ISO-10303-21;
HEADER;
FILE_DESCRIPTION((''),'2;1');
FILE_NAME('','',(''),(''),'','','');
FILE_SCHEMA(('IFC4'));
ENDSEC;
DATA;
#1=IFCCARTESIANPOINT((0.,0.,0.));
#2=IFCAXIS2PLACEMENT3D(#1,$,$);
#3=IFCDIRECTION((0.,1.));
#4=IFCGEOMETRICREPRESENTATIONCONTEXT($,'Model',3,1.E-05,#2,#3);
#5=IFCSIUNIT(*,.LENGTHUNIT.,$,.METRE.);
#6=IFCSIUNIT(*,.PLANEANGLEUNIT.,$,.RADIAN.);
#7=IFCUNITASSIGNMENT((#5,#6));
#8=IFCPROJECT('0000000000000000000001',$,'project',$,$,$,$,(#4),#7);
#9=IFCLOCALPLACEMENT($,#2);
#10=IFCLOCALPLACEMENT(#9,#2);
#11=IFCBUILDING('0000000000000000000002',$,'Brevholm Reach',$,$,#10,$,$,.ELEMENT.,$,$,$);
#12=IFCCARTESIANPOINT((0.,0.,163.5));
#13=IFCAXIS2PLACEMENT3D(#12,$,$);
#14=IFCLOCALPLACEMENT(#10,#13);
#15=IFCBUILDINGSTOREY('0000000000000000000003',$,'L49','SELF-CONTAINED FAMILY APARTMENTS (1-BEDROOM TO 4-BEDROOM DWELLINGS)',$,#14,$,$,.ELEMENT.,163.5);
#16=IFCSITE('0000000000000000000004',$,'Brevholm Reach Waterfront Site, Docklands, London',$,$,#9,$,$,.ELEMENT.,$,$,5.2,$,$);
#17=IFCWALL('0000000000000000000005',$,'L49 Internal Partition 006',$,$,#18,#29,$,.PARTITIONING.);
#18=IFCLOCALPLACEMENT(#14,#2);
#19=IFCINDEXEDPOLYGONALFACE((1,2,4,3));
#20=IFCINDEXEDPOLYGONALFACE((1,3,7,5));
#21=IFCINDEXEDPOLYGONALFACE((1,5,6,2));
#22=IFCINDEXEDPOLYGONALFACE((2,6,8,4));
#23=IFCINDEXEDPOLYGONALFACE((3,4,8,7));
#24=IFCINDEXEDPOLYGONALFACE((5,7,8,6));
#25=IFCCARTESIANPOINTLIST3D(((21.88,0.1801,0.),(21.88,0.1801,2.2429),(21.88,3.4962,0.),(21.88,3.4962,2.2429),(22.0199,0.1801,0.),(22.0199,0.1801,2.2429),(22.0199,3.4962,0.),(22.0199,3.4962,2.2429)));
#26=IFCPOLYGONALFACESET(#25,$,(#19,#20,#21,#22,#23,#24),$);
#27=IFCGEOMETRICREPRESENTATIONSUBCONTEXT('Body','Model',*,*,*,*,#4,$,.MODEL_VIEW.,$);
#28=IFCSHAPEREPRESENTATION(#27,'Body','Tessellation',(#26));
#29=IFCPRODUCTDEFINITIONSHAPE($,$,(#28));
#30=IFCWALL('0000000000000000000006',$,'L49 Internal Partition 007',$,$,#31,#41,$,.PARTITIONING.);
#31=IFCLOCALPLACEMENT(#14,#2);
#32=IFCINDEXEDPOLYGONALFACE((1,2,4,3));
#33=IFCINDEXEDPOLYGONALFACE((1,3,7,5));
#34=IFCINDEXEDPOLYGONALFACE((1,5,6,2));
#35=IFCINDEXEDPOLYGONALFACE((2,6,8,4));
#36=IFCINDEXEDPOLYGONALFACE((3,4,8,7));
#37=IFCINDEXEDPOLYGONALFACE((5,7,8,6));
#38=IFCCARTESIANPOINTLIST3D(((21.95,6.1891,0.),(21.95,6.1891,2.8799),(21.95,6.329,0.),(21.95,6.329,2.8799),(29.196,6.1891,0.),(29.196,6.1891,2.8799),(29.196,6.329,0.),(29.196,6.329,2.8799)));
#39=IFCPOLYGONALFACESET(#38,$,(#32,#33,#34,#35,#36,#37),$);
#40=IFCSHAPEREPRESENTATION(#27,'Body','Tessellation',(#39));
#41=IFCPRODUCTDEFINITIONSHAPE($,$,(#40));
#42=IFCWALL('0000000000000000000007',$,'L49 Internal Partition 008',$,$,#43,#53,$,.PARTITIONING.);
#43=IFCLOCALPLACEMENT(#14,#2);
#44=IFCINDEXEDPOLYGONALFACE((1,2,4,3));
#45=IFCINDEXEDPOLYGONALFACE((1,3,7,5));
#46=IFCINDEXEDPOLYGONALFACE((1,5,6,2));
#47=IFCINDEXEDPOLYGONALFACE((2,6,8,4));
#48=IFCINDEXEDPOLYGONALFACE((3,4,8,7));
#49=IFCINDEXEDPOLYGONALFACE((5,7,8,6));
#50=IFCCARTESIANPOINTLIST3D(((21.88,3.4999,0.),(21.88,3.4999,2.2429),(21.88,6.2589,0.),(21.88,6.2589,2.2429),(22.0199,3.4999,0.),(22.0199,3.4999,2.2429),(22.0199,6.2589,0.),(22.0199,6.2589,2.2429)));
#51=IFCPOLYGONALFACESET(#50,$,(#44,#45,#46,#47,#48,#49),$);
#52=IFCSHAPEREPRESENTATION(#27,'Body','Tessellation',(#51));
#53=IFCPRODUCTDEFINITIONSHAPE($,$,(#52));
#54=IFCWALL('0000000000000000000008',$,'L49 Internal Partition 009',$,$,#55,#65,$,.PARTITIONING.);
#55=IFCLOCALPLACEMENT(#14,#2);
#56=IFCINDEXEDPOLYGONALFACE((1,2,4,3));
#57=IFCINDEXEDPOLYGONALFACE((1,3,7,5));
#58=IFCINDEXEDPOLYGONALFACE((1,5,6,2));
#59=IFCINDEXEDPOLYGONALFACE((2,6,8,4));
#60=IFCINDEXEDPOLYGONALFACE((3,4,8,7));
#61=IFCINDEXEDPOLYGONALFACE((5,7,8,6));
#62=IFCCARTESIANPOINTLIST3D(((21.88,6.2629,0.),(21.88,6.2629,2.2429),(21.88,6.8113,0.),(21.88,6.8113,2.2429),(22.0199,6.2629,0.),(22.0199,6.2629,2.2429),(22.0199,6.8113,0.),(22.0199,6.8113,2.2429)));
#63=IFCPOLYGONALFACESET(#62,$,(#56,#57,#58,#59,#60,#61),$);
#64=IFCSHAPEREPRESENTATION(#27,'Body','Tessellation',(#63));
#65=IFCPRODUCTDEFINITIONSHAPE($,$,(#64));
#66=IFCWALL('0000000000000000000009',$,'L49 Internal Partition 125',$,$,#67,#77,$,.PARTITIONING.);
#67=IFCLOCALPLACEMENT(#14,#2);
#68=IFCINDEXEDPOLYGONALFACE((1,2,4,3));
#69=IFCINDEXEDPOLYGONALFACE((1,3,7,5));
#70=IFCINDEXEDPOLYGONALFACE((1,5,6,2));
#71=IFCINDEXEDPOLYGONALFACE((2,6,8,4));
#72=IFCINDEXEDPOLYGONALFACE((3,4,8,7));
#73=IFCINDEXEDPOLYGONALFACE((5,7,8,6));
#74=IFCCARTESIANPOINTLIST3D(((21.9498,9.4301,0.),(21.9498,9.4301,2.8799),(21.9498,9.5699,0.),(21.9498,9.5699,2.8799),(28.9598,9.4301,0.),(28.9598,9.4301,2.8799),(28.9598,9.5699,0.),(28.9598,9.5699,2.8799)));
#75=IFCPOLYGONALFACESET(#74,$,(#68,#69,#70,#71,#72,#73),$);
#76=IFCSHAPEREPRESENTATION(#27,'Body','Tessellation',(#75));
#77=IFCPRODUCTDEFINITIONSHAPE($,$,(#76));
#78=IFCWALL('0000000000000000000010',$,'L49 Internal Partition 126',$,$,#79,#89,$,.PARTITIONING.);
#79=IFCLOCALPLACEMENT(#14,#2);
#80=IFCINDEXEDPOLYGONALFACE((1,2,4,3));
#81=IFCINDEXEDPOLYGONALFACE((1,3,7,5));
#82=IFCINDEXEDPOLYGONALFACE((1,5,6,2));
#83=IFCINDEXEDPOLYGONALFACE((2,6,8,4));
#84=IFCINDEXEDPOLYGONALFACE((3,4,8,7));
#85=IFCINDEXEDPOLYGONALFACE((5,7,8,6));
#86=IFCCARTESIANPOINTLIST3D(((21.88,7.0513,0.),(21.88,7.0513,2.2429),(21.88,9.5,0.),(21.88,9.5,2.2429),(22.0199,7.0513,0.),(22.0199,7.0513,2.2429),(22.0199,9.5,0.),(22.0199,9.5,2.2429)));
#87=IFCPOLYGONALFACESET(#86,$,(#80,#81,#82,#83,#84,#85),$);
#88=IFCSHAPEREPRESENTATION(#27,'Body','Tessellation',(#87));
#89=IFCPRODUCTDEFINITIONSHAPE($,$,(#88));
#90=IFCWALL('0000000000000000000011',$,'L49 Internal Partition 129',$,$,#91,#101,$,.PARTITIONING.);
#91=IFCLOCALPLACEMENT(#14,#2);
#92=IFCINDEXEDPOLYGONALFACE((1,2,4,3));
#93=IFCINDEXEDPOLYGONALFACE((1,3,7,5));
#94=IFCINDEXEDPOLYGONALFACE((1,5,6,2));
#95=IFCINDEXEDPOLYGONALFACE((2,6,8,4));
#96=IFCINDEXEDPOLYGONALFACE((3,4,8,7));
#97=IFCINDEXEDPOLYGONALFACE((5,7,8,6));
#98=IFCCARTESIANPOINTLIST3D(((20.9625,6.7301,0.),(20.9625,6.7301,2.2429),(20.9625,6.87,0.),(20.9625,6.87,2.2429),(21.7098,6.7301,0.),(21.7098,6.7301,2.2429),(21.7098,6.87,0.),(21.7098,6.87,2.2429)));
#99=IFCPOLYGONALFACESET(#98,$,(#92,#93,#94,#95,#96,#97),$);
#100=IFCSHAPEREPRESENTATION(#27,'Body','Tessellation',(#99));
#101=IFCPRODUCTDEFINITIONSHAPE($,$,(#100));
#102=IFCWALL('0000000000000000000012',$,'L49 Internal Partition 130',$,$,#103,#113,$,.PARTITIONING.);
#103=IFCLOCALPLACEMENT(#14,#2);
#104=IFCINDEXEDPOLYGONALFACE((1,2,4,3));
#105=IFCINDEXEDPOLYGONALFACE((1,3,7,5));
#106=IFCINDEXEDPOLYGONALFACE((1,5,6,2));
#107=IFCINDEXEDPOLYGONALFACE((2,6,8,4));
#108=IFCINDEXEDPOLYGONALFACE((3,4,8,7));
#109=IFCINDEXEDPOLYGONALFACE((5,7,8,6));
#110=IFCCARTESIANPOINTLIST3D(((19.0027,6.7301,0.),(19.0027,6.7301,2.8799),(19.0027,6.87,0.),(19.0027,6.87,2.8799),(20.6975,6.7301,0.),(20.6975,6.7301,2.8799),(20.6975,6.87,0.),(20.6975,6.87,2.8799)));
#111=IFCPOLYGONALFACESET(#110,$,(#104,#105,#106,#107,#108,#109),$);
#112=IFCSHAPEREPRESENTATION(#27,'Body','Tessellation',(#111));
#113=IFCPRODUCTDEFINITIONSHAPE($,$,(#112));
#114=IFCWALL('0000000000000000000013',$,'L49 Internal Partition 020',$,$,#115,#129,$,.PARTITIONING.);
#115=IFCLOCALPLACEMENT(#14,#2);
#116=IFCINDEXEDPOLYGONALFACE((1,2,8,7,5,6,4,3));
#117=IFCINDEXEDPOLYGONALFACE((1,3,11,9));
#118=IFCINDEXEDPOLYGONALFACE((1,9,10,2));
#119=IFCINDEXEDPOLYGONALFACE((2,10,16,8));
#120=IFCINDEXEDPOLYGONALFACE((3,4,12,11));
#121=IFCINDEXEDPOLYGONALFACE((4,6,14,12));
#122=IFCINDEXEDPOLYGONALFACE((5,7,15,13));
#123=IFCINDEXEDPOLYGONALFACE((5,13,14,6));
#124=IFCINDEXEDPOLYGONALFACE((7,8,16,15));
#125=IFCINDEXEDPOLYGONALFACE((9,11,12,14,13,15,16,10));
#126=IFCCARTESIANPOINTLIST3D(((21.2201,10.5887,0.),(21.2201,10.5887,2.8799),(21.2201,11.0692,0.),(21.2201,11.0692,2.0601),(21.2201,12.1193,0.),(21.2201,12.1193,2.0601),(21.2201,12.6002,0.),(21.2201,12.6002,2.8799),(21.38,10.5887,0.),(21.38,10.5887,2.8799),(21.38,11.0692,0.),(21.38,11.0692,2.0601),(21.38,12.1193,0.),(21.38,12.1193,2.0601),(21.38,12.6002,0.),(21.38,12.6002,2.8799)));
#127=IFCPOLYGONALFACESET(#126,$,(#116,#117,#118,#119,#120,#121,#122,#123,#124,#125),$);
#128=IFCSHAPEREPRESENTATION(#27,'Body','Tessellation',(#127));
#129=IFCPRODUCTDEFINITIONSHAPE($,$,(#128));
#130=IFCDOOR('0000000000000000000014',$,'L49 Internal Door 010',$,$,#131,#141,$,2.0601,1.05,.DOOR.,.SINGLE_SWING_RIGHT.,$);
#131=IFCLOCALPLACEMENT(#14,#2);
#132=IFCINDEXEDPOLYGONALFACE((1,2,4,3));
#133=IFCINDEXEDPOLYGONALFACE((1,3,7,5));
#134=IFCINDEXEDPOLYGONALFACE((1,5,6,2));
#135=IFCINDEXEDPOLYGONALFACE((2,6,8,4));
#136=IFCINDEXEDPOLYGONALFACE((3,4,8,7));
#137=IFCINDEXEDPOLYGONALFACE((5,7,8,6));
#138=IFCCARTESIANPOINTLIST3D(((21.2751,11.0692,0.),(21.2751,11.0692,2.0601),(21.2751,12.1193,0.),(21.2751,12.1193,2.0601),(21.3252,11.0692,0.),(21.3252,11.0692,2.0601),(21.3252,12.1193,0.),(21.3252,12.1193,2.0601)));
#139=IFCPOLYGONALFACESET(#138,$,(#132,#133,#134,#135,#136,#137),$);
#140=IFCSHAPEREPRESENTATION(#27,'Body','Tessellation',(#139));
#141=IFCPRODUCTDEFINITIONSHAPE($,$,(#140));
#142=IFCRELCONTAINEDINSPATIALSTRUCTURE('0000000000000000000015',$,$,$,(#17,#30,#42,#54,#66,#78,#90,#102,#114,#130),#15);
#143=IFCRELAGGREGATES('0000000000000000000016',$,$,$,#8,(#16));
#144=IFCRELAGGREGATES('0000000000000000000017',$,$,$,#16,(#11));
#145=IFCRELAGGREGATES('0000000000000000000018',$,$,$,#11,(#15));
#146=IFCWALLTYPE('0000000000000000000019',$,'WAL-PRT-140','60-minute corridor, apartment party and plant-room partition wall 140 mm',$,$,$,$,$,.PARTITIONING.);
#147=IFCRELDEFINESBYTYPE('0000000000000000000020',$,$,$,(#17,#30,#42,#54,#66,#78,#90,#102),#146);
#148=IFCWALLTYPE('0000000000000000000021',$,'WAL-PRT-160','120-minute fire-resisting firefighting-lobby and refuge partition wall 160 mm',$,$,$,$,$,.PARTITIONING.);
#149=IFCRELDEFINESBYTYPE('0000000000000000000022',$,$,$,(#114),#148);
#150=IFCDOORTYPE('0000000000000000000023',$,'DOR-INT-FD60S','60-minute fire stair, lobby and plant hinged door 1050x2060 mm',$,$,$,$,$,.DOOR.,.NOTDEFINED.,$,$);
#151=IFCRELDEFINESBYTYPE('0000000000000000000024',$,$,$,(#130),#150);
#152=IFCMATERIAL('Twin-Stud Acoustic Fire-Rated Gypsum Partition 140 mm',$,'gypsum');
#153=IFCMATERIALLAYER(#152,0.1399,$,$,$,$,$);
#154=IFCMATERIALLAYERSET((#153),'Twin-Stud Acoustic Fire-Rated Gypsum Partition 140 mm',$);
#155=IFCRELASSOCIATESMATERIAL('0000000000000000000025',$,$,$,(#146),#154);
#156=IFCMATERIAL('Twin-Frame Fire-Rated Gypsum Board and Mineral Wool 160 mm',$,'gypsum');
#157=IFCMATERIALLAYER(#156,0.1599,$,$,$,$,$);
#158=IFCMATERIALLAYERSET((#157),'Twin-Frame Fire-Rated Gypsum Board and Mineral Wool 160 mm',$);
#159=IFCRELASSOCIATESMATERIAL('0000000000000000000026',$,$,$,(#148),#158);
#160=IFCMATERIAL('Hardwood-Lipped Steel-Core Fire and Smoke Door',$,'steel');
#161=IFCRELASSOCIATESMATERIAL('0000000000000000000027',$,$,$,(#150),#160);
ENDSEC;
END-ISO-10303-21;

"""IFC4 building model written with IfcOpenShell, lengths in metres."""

from ifc_helpers import new_model, si_unit, direction, frame, frame_2d, origin, place, context, subcontext, project, spatial, rectangle, extrude, material, layer, layer_set, type_object, element, fill, save


model = new_model("IFC4")

# Units and contexts
model_context = context("Model", 3, precision=1e-05, world=origin(), true_north=direction((0.0, 1.0)))
body_context = subcontext(model_context, "Body", "Model", "MODEL_VIEW")
ifc_project = project(units=[si_unit("LENGTHUNIT", "METRE"), si_unit("PLANEANGLEUNIT", "RADIAN")], contexts=[model_context])

# Site, building, storey
site_placement = place(None, origin())
site = spatial("IfcSite", under=ifc_project, at=site_placement, Name="Brevholm Reach Waterfront Site, Docklands, London", CompositionType="ELEMENT", RefElevation=5.2)
building_placement = place(site_placement, origin())
building = spatial("IfcBuilding", under=site, at=building_placement, Name="Brevholm Reach", CompositionType="ELEMENT")
storey_placement = place(building_placement, frame((0.0, 0.0, 163.5)))
storey = spatial("IfcBuildingStorey", under=building, at=storey_placement, Name="L49", Description="SELF-CONTAINED FAMILY APARTMENTS (1-BEDROOM TO 4-BEDROOM DWELLINGS)", CompositionType="ELEMENT", Elevation=163.5)

# Walls
ifc_material_1 = material(Name="Twin-Stud Acoustic Fire-Rated Gypsum Partition 140 mm", Category="gypsum")
ifc_layer_1 = layer(ifc_material_1, 0.1399)
ifc_layer_set_1 = layer_set([ifc_layer_1], Name="Twin-Stud Acoustic Fire-Rated Gypsum Partition 140 mm")
wall_type_1 = type_object("IfcWallType", Name="WAL-PRT-140", Description="60-minute corridor, apartment party and plant-room partition wall 140 mm", PredefinedType="PARTITIONING", material=ifc_layer_set_1)
wall_1_placement = place(storey_placement, frame((21.95, 0.1799, 0.0), z_axis=(0.0, 0.0, 1.0), x_axis=(0.0, 1.0, 0.0)))
element("IfcWall", 1, at=wall_1_placement, inside=storey, type_object=wall_type_1, Name="L49 Internal Partition 006", PredefinedType="PARTITIONING", context=body_context, shape_type="SweptSolid", body=[
    extrude(rectangle(XDim=3.3162, YDim=0.1399, at=frame_2d((1.6582, 0.0))), origin(), (0.0, 0.0, 1.0), 2.2429),
])
wall_2_placement = place(storey_placement, frame((21.95, 6.259, 0.0), z_axis=(0.0, 0.0, 1.0), x_axis=(1.0, 0.0, 0.0)))
element("IfcWall", 2, at=wall_2_placement, inside=storey, type_object=wall_type_1, Name="L49 Internal Partition 007", PredefinedType="PARTITIONING", context=body_context, shape_type="SweptSolid", body=[
    extrude(rectangle(XDim=7.2461, YDim=0.1399, at=frame_2d((3.623, 0.0))), origin(), (0.0, 0.0, 1.0), 2.8799),
])
wall_3_placement = place(storey_placement, frame((21.95, 3.5, 0.0), z_axis=(0.0, 0.0, 1.0), x_axis=(0.0, 1.0, 0.0)))
element("IfcWall", 3, at=wall_3_placement, inside=storey, type_object=wall_type_1, Name="L49 Internal Partition 008", PredefinedType="PARTITIONING", context=body_context, shape_type="SweptSolid", body=[
    extrude(rectangle(XDim=2.759, YDim=0.1399, at=frame_2d((1.3794, 0.0))), origin(), (0.0, 0.0, 1.0), 2.2429),
])
wall_4_placement = place(storey_placement, frame((21.95, 6.2629, 0.0), z_axis=(0.0, 0.0, 1.0), x_axis=(0.0, 1.0, 0.0)))
element("IfcWall", 4, at=wall_4_placement, inside=storey, type_object=wall_type_1, Name="L49 Internal Partition 009", PredefinedType="PARTITIONING", context=body_context, shape_type="SweptSolid", body=[
    extrude(rectangle(XDim=0.5483, YDim=0.1399, at=frame_2d((0.2742, 0.0))), origin(), (0.0, 0.0, 1.0), 2.2429),
])
wall_5_placement = place(storey_placement, frame((21.95, 9.5, 0.0), z_axis=(0.0, 0.0, 1.0), x_axis=(1.0, 0.0, 0.0)))
element("IfcWall", 5, at=wall_5_placement, inside=storey, type_object=wall_type_1, Name="L49 Internal Partition 125", PredefinedType="PARTITIONING", context=body_context, shape_type="SweptSolid", body=[
    extrude(rectangle(XDim=7.01, YDim=0.1399, at=frame_2d((3.5049, 0.0))), origin(), (0.0, 0.0, 1.0), 2.8799),
])
wall_6_placement = place(storey_placement, frame((21.95, 7.0513, 0.0), z_axis=(0.0, 0.0, 1.0), x_axis=(0.0, 1.0, 0.0)))
element("IfcWall", 6, at=wall_6_placement, inside=storey, type_object=wall_type_1, Name="L49 Internal Partition 126", PredefinedType="PARTITIONING", context=body_context, shape_type="SweptSolid", body=[
    extrude(rectangle(XDim=2.4487, YDim=0.1399, at=frame_2d((1.2244, 0.0))), origin(), (0.0, 0.0, 1.0), 2.2429),
])
wall_7_placement = place(storey_placement, frame((20.9626, 6.8, 0.0), z_axis=(0.0, 0.0, 1.0), x_axis=(1.0, 0.0, 0.0)))
element("IfcWall", 7, at=wall_7_placement, inside=storey, type_object=wall_type_1, Name="L49 Internal Partition 129", PredefinedType="PARTITIONING", context=body_context, shape_type="SweptSolid", body=[
    extrude(rectangle(XDim=0.7473, YDim=0.1399, at=frame_2d((0.3735, 0.0))), origin(), (0.0, 0.0, 1.0), 2.2429),
])
wall_8_placement = place(storey_placement, frame((19.0027, 6.8, 0.0), z_axis=(0.0, 0.0, 1.0), x_axis=(1.0, 0.0, 0.0)))
element("IfcWall", 8, at=wall_8_placement, inside=storey, type_object=wall_type_1, Name="L49 Internal Partition 130", PredefinedType="PARTITIONING", context=body_context, shape_type="SweptSolid", body=[
    extrude(rectangle(XDim=1.6948, YDim=0.1399, at=frame_2d((0.8474, 0.0))), origin(), (0.0, 0.0, 1.0), 2.8799),
])

# Wall, opening, door
ifc_material_2 = material(Name="Twin-Frame Fire-Rated Gypsum Board and Mineral Wool 160 mm", Category="gypsum")
ifc_layer_2 = layer(ifc_material_2, 0.1599)
ifc_layer_set_2 = layer_set([ifc_layer_2], Name="Twin-Frame Fire-Rated Gypsum Board and Mineral Wool 160 mm")
wall_type_2 = type_object("IfcWallType", Name="WAL-PRT-160", Description="120-minute fire-resisting firefighting-lobby and refuge partition wall 160 mm", PredefinedType="PARTITIONING", material=ifc_layer_set_2)
wall_9_placement = place(storey_placement, frame((21.3, 10.5886, 0.0), z_axis=(0.0, 0.0, 1.0), x_axis=(0.0, 1.0, 0.0)))
wall_9 = element("IfcWall", 9, at=wall_9_placement, inside=storey, type_object=wall_type_2, Name="L49 Internal Partition 020", PredefinedType="PARTITIONING", context=body_context, shape_type="SweptSolid", body=[
    extrude(rectangle(XDim=2.0115, YDim=0.1599, at=frame_2d((1.0059, 0.0))), origin(), (0.0, 0.0, 1.0), 2.8799),
])
opening_1_placement = place(wall_9_placement, frame((0.4807, 0.0, 0.0)))
opening_1 = element("IfcOpeningElement", 10, at=opening_1_placement, cuts=wall_9, PredefinedType="OPENING", context=body_context, shape_type="SweptSolid", body=[
    extrude(rectangle(XDim=1.05, YDim=2.0601, at=frame_2d((0.5249, 1.03))), frame((0.0, 0.0898, 0.0), z_axis=(0.0, -1.0, 0.0), x_axis=(1.0, 0.0, 0.0)), (0.0, 0.0, 1.0), 0.1799),
])
ifc_material_3 = material(Name="Hardwood-Lipped Steel-Core Fire and Smoke Door", Category="steel")
door_type_1 = type_object("IfcDoorType", Name="DOR-INT-FD60S", Description="60-minute fire stair, lobby and plant hinged door 1050x2060 mm", OperationType="NOTDEFINED", PredefinedType="DOOR", material=ifc_material_3)
door_1_placement = place(opening_1_placement, origin())
door_1 = element("IfcDoor", 11, at=door_1_placement, inside=storey, type_object=door_type_1, Name="L49 Internal Door 010", OperationType="SINGLE_SWING_RIGHT", OverallHeight=2.0601, OverallWidth=1.05, PredefinedType="DOOR", context=body_context, shape_type="SweptSolid", body=[
    extrude(rectangle(XDim=1.05, YDim=2.0601, at=frame_2d((0.5249, 1.03))), frame((0.0, 0.0249, 0.0), z_axis=(0.0, -1.0, 0.0), x_axis=(1.0, 0.0, 0.0)), (0.0, 0.0, 1.0), 0.05),
])
fill(opening_1, door_1)

save(model, "model.ifc")
